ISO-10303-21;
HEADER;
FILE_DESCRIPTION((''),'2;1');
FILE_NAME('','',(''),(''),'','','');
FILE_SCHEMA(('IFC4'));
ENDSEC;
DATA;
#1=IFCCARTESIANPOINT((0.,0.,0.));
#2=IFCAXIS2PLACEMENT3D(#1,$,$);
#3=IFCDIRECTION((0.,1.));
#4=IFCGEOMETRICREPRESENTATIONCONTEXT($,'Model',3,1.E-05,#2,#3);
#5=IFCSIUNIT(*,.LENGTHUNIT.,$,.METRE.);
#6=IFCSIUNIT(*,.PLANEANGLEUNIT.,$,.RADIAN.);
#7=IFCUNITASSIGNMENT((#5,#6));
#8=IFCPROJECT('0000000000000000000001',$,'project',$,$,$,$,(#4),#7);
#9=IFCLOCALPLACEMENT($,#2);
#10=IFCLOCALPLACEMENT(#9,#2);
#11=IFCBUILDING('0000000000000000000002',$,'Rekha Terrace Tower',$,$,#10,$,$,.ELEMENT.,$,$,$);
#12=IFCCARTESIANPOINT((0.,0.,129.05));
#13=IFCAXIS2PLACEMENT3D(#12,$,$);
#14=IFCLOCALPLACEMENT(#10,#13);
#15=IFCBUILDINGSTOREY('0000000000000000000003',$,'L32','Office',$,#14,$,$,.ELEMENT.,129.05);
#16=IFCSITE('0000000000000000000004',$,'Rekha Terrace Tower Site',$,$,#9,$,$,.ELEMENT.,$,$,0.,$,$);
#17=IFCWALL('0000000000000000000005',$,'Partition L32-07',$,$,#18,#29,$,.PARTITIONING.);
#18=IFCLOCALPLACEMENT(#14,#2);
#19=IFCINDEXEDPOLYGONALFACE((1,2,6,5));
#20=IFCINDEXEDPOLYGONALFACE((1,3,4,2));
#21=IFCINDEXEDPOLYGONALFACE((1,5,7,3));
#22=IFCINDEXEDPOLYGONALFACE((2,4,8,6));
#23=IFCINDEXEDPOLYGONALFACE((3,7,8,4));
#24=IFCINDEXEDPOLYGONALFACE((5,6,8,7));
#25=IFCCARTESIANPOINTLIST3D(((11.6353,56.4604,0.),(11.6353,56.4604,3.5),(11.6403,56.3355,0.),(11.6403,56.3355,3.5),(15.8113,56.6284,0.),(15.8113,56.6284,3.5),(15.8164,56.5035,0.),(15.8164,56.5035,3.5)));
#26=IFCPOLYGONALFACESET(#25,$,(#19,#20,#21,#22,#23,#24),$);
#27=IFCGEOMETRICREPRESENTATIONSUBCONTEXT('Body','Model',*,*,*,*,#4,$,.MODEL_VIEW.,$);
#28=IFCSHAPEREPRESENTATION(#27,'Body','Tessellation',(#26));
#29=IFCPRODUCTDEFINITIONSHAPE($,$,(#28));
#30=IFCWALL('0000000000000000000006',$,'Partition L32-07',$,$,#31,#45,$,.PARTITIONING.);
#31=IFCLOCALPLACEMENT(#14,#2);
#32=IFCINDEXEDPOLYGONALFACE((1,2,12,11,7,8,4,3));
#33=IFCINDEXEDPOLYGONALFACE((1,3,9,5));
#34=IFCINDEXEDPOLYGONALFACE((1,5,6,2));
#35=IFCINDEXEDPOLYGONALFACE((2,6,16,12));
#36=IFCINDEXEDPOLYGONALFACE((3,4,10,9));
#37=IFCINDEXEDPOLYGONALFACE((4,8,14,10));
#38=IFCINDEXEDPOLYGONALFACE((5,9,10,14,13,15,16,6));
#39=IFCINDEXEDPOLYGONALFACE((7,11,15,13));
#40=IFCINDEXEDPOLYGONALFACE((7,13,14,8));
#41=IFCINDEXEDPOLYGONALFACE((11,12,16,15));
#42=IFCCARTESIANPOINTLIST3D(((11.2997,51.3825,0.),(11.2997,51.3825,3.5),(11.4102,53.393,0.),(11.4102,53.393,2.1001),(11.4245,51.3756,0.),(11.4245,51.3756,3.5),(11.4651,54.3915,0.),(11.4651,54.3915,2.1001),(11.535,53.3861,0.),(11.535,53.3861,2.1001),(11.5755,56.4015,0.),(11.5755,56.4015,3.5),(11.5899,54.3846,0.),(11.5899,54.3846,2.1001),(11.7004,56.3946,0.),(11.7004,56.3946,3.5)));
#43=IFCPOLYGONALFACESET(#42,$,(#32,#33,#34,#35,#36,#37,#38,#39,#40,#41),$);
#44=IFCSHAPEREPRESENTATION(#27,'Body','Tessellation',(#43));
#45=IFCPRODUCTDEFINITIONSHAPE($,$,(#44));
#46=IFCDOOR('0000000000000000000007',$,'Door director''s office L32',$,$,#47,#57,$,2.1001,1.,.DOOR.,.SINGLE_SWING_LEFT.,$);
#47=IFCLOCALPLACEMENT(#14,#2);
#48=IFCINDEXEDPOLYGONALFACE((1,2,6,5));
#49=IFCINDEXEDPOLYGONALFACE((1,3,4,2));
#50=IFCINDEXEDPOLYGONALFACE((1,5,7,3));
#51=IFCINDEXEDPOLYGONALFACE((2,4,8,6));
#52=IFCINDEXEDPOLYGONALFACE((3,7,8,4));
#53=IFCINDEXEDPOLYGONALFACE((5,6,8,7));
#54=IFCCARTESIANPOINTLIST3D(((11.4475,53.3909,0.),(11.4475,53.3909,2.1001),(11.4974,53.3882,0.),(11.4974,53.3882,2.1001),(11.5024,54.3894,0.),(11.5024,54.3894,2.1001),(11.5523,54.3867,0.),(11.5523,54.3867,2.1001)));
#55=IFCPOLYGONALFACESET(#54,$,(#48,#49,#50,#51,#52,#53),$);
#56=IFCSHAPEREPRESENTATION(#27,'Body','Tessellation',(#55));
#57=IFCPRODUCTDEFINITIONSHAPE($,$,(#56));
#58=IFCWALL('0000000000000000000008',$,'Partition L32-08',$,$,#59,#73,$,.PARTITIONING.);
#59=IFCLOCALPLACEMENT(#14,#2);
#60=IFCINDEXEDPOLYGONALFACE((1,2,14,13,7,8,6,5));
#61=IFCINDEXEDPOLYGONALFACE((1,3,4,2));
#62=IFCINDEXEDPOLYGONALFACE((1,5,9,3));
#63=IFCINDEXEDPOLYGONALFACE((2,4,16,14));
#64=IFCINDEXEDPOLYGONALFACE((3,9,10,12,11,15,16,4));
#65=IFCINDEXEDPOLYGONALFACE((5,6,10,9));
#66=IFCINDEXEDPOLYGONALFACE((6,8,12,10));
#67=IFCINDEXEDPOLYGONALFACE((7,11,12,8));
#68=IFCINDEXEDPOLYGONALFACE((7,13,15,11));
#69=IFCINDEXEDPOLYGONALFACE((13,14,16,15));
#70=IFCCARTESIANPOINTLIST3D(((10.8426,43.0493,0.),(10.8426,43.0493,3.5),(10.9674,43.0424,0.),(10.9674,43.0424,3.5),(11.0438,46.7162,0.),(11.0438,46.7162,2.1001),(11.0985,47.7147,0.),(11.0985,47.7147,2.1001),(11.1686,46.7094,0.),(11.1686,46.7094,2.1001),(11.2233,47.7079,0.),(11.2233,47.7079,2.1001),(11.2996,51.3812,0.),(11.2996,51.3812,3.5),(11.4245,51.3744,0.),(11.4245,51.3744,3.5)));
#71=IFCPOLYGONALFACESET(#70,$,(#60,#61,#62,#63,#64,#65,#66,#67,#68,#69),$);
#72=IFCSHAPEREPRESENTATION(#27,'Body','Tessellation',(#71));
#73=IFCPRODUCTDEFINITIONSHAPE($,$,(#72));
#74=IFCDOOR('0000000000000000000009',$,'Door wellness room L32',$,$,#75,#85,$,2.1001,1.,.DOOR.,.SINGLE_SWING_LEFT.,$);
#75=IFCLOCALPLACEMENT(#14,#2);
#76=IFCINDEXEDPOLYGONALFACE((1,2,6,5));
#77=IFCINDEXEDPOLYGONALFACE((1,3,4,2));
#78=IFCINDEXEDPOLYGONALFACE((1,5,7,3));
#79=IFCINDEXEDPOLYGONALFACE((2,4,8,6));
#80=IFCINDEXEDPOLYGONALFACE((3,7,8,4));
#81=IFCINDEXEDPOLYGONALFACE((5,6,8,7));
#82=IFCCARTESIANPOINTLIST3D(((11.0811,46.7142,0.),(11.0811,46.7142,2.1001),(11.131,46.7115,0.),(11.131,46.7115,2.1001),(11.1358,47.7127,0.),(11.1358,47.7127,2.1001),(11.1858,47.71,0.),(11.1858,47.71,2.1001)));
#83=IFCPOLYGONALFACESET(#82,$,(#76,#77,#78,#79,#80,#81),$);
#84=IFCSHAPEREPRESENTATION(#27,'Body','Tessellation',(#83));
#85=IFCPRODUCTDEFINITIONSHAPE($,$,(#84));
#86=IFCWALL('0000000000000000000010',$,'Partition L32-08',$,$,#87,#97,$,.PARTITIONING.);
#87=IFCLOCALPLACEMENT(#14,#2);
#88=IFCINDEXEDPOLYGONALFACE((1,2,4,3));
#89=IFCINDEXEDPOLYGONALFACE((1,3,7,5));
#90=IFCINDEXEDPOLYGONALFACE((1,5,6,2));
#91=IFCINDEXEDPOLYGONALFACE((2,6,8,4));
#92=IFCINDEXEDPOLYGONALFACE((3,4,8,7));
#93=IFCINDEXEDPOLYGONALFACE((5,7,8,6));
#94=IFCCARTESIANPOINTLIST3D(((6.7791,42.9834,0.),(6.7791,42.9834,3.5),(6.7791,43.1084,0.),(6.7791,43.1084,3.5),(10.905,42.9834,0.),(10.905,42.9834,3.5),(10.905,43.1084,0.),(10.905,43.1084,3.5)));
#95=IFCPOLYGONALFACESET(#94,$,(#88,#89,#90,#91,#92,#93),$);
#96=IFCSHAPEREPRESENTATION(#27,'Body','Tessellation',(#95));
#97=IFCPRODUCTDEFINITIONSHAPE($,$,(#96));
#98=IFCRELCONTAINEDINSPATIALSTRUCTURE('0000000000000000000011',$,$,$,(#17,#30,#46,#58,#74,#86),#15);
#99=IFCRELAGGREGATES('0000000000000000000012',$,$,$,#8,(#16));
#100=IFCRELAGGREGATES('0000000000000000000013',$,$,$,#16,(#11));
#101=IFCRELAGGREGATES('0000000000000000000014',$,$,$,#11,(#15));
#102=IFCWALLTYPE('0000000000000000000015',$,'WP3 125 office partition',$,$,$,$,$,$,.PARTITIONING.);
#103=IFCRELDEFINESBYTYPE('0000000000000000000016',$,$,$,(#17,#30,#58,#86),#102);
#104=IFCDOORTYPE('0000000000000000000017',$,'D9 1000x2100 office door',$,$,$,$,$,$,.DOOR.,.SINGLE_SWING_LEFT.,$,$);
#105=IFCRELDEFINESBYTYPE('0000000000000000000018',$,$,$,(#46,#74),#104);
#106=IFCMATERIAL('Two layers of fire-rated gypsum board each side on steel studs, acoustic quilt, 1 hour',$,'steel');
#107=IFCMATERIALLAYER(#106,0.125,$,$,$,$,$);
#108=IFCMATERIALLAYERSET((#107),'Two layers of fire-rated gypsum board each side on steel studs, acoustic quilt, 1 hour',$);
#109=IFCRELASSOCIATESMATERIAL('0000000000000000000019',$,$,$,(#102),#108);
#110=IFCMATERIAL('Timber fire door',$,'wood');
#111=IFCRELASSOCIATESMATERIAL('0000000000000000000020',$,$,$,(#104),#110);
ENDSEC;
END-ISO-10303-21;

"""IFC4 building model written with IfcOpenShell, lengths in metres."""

from ifc_helpers import new_model, si_unit, direction, frame, frame_2d, origin, place, context, subcontext, project, spatial, rectangle, extrude, material, layer, layer_set, type_object, element, fill, save


model = new_model("IFC4")

# Units and contexts
model_context = context("Model", 3, precision=1e-05, world=origin(), true_north=direction((0.0, 1.0)))
body_context = subcontext(model_context, "Body", "Model", "MODEL_VIEW")
ifc_project = project(units=[si_unit("LENGTHUNIT", "METRE"), si_unit("PLANEANGLEUNIT", "RADIAN")], contexts=[model_context])

# Site, building, storey
site_placement = place(None, origin())
site = spatial("IfcSite", under=ifc_project, at=site_placement, Name="Rekha Terrace Tower Site", CompositionType="ELEMENT", RefElevation=0.0)
building_placement = place(site_placement, origin())
building = spatial("IfcBuilding", under=site, at=building_placement, Name="Rekha Terrace Tower", CompositionType="ELEMENT")
storey_placement = place(building_placement, frame((0.0, 0.0, 129.05)))
storey = spatial("IfcBuildingStorey", under=building, at=storey_placement, Name="L32", Description="Office", CompositionType="ELEMENT", Elevation=129.05)

# Wall
ifc_material_1 = material(Name="Two layers of fire-rated gypsum board each side on steel studs, acoustic quilt, 1 hour", Category="steel")
ifc_layer_1 = layer(ifc_material_1, 0.125)
ifc_layer_set_1 = layer_set([ifc_layer_1], Name="Two layers of fire-rated gypsum board each side on steel studs, acoustic quilt, 1 hour")
wall_type = type_object("IfcWallType", Name="WP3 125 office partition", PredefinedType="PARTITIONING", material=ifc_layer_set_1)
wall_1_placement = place(storey_placement, frame((15.814, 56.5659, 0.0), z_axis=(0.0, 0.0, 1.0), x_axis=(-0.999192, -0.04019, 0.0)))
element("IfcWall", 1, at=wall_1_placement, inside=storey, type_object=wall_type, Name="Partition L32-07", PredefinedType="PARTITIONING", context=body_context, shape_type="SweptSolid", body=[
    extrude(rectangle(XDim=4.1794, YDim=0.125, at=frame_2d((2.0898, 0.0))), origin(), (0.0, 0.0, 1.0), 3.5),
])

# Walls, openings, doors
wall_2_placement = place(storey_placement, frame((11.6379, 56.3979, 0.0), z_axis=(0.0, 0.0, 1.0), x_axis=(-0.054884, -0.998493, 0.0)))
wall_2 = element("IfcWall", 2, at=wall_2_placement, inside=storey, type_object=wall_type, Name="Partition L32-07", PredefinedType="PARTITIONING", context=body_context, shape_type="SweptSolid", body=[
    extrude(rectangle(XDim=5.0266, YDim=0.125, at=frame_2d((2.5132, 0.0))), origin(), (0.0, 0.0, 1.0), 3.5),
])
opening_1_placement = place(wall_2_placement, frame((2.0129, 0.0, 0.0)))
opening_1 = element("IfcOpeningElement", 3, at=opening_1_placement, cuts=wall_2, PredefinedType="OPENING", context=body_context, shape_type="SweptSolid", body=[
    extrude(rectangle(XDim=1.0, YDim=2.1001, at=frame_2d((0.5, 1.05))), frame((0.0, 0.0725, 0.0), z_axis=(0.0, -1.0, 0.0), x_axis=(1.0, 0.0, 0.0)), (0.0, 0.0, 1.0), 0.145),
])
ifc_material_2 = material(Name="Timber fire door", Category="wood")
door_type = type_object("IfcDoorType", Name="D9 1000x2100 office door", OperationType="SINGLE_SWING_LEFT", PredefinedType="DOOR", material=ifc_material_2)
door_1_placement = place(opening_1_placement, origin())
door_1 = element("IfcDoor", 4, at=door_1_placement, inside=storey, type_object=door_type, Name="Door director's office L32", OperationType="SINGLE_SWING_LEFT", OverallHeight=2.1001, OverallWidth=1.0, PredefinedType="DOOR", context=body_context, shape_type="SweptSolid", body=[
    extrude(rectangle(XDim=1.0, YDim=2.1001, at=frame_2d((0.5, 1.05))), frame((0.0, 0.0249, 0.0), z_axis=(0.0, -1.0, 0.0), x_axis=(1.0, 0.0, 0.0)), (0.0, 0.0, 1.0), 0.05),
])
fill(opening_1, door_1)
wall_3_placement = place(storey_placement, frame((11.3621, 51.3779, 0.0), z_axis=(0.0, 0.0, 1.0), x_axis=(-0.05477, -0.998499, 0.0)))
wall_3 = element("IfcWall", 5, at=wall_3_placement, inside=storey, type_object=wall_type, Name="Partition L32-08", PredefinedType="PARTITIONING", context=body_context, shape_type="SweptSolid", body=[
    extrude(rectangle(XDim=8.3445, YDim=0.125, at=frame_2d((4.1724, 0.0))), origin(), (0.0, 0.0, 1.0), 3.5),
])
opening_2_placement = place(wall_3_placement, frame((3.6721, 0.0, 0.0)))
opening_2 = element("IfcOpeningElement", 6, at=opening_2_placement, cuts=wall_3, PredefinedType="OPENING", context=body_context, shape_type="SweptSolid", body=[
    extrude(rectangle(XDim=1.0, YDim=2.1001, at=frame_2d((0.5, 1.05))), frame((0.0, 0.0725, 0.0), z_axis=(0.0, -1.0, 0.0), x_axis=(1.0, 0.0, 0.0)), (0.0, 0.0, 1.0), 0.145),
])
door_2_placement = place(opening_2_placement, origin())
door_2 = element("IfcDoor", 7, at=door_2_placement, inside=storey, type_object=door_type, Name="Door wellness room L32", OperationType="SINGLE_SWING_LEFT", OverallHeight=2.1001, OverallWidth=1.0, PredefinedType="DOOR", context=body_context, shape_type="SweptSolid", body=[
    extrude(rectangle(XDim=1.0, YDim=2.1001, at=frame_2d((0.5, 1.05))), frame((0.0, 0.0249, 0.0), z_axis=(0.0, -1.0, 0.0), x_axis=(1.0, 0.0, 0.0)), (0.0, 0.0, 1.0), 0.05),
])
fill(opening_2, door_2)

# Wall
wall_4_placement = place(storey_placement, frame((10.905, 43.0459, 0.0), z_axis=(0.0, 0.0, 1.0), x_axis=(-1.0, 0.0, 0.0)))
element("IfcWall", 8, at=wall_4_placement, inside=storey, type_object=wall_type, Name="Partition L32-08", PredefinedType="PARTITIONING", context=body_context, shape_type="SweptSolid", body=[
    extrude(rectangle(XDim=4.126, YDim=0.125, at=frame_2d((2.063, 0.0))), origin(), (0.0, 0.0, 1.0), 3.5),
])

save(model, "model.ifc")
